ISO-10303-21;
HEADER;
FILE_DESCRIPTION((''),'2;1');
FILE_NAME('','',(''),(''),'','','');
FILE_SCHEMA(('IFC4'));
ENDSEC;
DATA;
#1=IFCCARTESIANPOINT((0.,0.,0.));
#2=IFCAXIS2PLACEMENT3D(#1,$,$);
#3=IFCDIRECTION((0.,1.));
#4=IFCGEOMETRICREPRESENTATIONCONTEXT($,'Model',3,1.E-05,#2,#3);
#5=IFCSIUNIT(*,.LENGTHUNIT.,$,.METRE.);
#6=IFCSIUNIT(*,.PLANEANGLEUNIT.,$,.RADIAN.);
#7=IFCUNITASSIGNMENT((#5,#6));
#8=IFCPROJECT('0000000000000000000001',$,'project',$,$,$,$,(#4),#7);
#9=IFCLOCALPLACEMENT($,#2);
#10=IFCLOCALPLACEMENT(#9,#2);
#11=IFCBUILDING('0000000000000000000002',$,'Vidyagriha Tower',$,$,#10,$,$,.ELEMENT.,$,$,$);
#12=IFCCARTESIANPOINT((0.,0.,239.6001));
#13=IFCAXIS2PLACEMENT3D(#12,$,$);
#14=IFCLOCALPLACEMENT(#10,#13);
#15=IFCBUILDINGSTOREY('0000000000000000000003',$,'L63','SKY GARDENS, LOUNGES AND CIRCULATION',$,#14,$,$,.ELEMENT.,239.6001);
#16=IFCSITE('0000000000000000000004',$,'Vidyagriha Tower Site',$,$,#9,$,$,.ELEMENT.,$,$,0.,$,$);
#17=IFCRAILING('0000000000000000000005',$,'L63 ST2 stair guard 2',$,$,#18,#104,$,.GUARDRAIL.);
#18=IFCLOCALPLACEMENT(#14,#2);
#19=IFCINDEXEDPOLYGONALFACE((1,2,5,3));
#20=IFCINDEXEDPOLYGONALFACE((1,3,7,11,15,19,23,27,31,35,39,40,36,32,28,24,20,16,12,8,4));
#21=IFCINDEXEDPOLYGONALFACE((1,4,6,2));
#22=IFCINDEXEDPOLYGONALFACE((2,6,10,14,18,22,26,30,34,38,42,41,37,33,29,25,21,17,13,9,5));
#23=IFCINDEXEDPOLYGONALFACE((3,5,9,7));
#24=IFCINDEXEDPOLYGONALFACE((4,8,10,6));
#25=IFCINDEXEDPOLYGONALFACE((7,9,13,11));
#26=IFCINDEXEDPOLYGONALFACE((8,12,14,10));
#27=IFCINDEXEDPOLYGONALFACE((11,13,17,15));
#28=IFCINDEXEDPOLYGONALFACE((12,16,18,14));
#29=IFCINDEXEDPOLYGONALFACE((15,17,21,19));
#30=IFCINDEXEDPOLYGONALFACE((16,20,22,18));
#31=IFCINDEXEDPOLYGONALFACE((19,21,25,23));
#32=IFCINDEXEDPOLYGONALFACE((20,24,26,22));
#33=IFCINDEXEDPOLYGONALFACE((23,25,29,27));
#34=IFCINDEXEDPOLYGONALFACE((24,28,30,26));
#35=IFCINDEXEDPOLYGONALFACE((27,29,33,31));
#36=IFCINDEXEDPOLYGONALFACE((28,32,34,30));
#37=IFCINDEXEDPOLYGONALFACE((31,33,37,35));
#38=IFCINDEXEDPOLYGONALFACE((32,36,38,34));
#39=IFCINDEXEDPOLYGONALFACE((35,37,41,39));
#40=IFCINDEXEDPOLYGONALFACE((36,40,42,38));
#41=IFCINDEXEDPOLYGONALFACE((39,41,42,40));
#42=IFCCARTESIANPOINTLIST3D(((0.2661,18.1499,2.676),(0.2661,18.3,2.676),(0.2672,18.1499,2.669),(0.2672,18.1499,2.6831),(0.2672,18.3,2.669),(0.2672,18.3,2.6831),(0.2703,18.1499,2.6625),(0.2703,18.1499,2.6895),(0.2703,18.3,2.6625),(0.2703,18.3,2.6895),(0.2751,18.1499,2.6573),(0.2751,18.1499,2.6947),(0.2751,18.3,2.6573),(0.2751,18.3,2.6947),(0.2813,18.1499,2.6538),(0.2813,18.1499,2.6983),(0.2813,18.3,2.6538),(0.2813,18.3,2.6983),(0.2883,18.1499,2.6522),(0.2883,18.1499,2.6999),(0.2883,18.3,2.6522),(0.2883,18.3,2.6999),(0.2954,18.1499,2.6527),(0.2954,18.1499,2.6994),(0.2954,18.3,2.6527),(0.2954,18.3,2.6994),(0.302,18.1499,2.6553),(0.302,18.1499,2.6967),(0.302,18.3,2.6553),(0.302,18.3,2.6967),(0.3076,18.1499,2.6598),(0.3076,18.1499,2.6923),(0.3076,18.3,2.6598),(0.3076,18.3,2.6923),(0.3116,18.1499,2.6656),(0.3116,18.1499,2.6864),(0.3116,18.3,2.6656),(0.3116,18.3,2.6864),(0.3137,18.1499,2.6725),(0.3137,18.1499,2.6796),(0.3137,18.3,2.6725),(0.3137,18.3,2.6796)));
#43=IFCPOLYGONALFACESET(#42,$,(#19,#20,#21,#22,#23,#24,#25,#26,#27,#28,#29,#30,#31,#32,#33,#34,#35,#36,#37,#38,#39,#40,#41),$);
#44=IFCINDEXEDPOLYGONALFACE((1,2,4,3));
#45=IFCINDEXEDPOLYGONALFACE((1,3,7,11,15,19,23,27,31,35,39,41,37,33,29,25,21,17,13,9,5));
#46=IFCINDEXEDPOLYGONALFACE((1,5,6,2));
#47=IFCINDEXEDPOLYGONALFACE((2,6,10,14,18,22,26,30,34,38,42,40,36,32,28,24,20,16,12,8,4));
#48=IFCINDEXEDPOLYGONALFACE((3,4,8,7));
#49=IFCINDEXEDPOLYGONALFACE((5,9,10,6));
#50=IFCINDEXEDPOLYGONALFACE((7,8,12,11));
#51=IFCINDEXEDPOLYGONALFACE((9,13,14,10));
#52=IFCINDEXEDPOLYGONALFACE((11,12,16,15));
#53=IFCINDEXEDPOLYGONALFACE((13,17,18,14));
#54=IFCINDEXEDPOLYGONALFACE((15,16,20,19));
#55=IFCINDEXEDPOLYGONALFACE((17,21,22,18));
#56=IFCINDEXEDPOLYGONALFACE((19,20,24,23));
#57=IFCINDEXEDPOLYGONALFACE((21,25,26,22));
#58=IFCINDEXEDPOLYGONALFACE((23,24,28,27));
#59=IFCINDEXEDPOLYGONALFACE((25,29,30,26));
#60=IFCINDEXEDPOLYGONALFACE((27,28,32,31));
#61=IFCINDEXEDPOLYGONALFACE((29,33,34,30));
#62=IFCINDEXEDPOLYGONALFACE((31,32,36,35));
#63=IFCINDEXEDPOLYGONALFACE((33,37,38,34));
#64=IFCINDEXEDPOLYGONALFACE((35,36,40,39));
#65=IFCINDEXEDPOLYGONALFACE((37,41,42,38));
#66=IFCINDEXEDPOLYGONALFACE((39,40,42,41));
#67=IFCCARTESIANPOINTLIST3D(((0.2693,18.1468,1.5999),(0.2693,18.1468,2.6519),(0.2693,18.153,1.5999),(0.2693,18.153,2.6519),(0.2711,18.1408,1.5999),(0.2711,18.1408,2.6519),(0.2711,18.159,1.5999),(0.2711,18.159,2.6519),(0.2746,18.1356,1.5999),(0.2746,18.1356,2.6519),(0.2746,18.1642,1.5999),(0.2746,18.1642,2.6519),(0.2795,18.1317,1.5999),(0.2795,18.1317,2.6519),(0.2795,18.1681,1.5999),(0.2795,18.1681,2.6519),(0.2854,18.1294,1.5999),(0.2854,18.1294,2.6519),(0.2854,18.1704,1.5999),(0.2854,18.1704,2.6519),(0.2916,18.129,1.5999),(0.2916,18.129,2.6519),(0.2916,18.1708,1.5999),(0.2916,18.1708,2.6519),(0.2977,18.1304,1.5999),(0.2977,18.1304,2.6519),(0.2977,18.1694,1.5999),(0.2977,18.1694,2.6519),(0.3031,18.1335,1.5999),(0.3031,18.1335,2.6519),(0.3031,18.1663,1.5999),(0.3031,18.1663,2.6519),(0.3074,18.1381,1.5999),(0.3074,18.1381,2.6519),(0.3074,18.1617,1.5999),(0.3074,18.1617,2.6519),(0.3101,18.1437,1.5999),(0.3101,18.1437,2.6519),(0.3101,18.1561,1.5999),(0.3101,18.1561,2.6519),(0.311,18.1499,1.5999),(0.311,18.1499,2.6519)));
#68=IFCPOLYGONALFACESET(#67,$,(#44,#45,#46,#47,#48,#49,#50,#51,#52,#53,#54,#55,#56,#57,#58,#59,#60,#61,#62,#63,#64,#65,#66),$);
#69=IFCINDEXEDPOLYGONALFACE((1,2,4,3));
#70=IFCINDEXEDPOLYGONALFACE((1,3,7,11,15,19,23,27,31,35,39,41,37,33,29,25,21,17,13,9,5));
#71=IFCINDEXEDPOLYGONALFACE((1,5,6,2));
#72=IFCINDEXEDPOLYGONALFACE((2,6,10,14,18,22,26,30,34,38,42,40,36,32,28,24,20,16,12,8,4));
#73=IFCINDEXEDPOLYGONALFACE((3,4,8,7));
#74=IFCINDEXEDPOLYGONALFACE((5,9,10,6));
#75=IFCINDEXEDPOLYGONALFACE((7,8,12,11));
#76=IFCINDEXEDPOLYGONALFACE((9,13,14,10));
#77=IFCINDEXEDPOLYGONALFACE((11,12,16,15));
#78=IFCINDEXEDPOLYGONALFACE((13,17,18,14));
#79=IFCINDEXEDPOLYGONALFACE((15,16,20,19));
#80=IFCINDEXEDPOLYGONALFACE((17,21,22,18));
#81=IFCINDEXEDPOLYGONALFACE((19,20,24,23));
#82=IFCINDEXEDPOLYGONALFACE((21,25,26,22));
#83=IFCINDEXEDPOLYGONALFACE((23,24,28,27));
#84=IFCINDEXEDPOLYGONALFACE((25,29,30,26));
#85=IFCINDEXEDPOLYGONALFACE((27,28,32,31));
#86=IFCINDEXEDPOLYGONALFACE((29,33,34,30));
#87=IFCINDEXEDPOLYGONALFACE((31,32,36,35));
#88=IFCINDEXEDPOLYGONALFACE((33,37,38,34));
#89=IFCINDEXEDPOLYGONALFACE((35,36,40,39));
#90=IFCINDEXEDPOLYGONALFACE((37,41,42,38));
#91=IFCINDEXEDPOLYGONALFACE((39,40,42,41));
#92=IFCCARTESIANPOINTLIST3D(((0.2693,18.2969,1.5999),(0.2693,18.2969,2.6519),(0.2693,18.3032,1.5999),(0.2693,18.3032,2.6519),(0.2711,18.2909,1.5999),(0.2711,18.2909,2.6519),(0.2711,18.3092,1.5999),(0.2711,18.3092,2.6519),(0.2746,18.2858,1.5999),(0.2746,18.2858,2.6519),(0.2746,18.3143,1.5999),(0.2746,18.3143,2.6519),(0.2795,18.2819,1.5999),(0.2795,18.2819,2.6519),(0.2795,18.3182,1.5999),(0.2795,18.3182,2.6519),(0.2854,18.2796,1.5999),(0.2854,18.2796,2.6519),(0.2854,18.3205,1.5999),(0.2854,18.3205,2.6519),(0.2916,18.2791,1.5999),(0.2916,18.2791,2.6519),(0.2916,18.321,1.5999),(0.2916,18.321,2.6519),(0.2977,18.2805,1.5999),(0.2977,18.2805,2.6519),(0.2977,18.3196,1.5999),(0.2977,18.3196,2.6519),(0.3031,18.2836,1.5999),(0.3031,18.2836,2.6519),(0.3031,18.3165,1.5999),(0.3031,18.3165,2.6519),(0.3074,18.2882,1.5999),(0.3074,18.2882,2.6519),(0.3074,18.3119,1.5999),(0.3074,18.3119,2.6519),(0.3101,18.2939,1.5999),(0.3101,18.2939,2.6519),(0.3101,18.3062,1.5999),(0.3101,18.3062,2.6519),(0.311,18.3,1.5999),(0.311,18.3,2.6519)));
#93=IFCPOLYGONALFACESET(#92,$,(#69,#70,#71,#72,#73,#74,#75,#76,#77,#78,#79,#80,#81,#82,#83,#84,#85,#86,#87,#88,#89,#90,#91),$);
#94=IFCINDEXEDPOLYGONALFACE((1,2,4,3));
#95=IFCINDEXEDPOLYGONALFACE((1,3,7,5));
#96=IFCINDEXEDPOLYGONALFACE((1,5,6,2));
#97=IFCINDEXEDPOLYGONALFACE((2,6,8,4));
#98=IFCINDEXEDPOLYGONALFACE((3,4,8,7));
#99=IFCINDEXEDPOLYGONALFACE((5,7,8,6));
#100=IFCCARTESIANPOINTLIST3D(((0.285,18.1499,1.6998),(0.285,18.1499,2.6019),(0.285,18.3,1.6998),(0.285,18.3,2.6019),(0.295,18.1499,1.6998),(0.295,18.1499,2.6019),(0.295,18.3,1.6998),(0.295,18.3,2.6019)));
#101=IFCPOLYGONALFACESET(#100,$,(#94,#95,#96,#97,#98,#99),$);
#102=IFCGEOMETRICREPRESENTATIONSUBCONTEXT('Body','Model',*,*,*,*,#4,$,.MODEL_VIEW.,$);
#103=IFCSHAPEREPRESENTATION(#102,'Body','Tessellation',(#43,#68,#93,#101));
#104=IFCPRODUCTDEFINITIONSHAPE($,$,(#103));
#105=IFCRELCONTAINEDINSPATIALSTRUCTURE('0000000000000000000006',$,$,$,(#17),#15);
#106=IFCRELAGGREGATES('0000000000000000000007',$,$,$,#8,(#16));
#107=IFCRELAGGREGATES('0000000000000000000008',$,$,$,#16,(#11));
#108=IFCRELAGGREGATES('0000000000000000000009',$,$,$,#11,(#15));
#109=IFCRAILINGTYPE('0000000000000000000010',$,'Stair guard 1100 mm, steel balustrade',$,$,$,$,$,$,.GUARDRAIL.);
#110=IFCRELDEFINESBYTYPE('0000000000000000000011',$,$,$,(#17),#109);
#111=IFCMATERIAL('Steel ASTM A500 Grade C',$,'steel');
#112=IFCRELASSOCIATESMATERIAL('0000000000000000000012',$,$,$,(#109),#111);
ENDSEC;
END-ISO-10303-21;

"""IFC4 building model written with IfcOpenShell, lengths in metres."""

from ifc_helpers import new_model, si_unit, direction, frame, origin, origin_2d, place, context, subcontext, project, spatial, rectangle, circle, extrude, material, type_object, element, save


model = new_model("IFC4")

# Units and contexts
model_context = context("Model", 3, precision=1e-05, world=origin(), true_north=direction((0.0, 1.0)))
body_context = subcontext(model_context, "Body", "Model", "MODEL_VIEW")
ifc_project = project(units=[si_unit("LENGTHUNIT", "METRE"), si_unit("PLANEANGLEUNIT", "RADIAN")], contexts=[model_context])

# Site, building, storey
site_placement = place(None, origin())
site = spatial("IfcSite", under=ifc_project, at=site_placement, Name="Vidyagriha Tower Site", CompositionType="ELEMENT", RefElevation=0.0)
building_placement = place(site_placement, origin())
building = spatial("IfcBuilding", under=site, at=building_placement, Name="Vidyagriha Tower", CompositionType="ELEMENT")
storey_placement = place(building_placement, frame((0.0, 0.0, 239.6001)))
storey = spatial("IfcBuildingStorey", under=building, at=storey_placement, Name="L63", Description="SKY GARDENS, LOUNGES AND CIRCULATION", CompositionType="ELEMENT", Elevation=239.6001)

# Railing
ifc_material_1 = material(Name="Steel ASTM A500 Grade C", Category="steel")
railing_type_1 = type_object("IfcRailingType", Name="Stair guard 1100 mm, steel balustrade", PredefinedType="GUARDRAIL", material=ifc_material_1)
railing_1_placement = place(storey_placement, frame((0.29, 18.1499, 1.5999)))
element("IfcRailing", 1, at=railing_1_placement, inside=storey, type_object=railing_type_1, Name="L63 ST2 stair guard 2", PredefinedType="GUARDRAIL", context=body_context, shape_type="SweptSolid", body=[
    extrude(circle(Radius=0.0239, at=origin_2d()), frame((0.0, 0.0, 1.0762), z_axis=(0.0, 1.0, 0.0), x_axis=(-1.0, 0.0, 0.0)), (0.0, 0.0, 1.0), 0.1501),
    extrude(circle(Radius=0.021, at=origin_2d()), origin(), (0.0, 0.0, 1.0), 1.052),
    extrude(circle(Radius=0.021, at=origin_2d()), frame((0.0, 0.1501, 0.0)), (0.0, 0.0, 1.0), 1.052),
    extrude(rectangle(XDim=0.01, YDim=0.9021, at=origin_2d()), frame((0.0, 0.0, 0.551), z_axis=(0.0, 1.0, 0.0), x_axis=(-1.0, 0.0, 0.0)), (0.0, 0.0, 1.0), 0.1501),
])

save(model, "model.ifc")
